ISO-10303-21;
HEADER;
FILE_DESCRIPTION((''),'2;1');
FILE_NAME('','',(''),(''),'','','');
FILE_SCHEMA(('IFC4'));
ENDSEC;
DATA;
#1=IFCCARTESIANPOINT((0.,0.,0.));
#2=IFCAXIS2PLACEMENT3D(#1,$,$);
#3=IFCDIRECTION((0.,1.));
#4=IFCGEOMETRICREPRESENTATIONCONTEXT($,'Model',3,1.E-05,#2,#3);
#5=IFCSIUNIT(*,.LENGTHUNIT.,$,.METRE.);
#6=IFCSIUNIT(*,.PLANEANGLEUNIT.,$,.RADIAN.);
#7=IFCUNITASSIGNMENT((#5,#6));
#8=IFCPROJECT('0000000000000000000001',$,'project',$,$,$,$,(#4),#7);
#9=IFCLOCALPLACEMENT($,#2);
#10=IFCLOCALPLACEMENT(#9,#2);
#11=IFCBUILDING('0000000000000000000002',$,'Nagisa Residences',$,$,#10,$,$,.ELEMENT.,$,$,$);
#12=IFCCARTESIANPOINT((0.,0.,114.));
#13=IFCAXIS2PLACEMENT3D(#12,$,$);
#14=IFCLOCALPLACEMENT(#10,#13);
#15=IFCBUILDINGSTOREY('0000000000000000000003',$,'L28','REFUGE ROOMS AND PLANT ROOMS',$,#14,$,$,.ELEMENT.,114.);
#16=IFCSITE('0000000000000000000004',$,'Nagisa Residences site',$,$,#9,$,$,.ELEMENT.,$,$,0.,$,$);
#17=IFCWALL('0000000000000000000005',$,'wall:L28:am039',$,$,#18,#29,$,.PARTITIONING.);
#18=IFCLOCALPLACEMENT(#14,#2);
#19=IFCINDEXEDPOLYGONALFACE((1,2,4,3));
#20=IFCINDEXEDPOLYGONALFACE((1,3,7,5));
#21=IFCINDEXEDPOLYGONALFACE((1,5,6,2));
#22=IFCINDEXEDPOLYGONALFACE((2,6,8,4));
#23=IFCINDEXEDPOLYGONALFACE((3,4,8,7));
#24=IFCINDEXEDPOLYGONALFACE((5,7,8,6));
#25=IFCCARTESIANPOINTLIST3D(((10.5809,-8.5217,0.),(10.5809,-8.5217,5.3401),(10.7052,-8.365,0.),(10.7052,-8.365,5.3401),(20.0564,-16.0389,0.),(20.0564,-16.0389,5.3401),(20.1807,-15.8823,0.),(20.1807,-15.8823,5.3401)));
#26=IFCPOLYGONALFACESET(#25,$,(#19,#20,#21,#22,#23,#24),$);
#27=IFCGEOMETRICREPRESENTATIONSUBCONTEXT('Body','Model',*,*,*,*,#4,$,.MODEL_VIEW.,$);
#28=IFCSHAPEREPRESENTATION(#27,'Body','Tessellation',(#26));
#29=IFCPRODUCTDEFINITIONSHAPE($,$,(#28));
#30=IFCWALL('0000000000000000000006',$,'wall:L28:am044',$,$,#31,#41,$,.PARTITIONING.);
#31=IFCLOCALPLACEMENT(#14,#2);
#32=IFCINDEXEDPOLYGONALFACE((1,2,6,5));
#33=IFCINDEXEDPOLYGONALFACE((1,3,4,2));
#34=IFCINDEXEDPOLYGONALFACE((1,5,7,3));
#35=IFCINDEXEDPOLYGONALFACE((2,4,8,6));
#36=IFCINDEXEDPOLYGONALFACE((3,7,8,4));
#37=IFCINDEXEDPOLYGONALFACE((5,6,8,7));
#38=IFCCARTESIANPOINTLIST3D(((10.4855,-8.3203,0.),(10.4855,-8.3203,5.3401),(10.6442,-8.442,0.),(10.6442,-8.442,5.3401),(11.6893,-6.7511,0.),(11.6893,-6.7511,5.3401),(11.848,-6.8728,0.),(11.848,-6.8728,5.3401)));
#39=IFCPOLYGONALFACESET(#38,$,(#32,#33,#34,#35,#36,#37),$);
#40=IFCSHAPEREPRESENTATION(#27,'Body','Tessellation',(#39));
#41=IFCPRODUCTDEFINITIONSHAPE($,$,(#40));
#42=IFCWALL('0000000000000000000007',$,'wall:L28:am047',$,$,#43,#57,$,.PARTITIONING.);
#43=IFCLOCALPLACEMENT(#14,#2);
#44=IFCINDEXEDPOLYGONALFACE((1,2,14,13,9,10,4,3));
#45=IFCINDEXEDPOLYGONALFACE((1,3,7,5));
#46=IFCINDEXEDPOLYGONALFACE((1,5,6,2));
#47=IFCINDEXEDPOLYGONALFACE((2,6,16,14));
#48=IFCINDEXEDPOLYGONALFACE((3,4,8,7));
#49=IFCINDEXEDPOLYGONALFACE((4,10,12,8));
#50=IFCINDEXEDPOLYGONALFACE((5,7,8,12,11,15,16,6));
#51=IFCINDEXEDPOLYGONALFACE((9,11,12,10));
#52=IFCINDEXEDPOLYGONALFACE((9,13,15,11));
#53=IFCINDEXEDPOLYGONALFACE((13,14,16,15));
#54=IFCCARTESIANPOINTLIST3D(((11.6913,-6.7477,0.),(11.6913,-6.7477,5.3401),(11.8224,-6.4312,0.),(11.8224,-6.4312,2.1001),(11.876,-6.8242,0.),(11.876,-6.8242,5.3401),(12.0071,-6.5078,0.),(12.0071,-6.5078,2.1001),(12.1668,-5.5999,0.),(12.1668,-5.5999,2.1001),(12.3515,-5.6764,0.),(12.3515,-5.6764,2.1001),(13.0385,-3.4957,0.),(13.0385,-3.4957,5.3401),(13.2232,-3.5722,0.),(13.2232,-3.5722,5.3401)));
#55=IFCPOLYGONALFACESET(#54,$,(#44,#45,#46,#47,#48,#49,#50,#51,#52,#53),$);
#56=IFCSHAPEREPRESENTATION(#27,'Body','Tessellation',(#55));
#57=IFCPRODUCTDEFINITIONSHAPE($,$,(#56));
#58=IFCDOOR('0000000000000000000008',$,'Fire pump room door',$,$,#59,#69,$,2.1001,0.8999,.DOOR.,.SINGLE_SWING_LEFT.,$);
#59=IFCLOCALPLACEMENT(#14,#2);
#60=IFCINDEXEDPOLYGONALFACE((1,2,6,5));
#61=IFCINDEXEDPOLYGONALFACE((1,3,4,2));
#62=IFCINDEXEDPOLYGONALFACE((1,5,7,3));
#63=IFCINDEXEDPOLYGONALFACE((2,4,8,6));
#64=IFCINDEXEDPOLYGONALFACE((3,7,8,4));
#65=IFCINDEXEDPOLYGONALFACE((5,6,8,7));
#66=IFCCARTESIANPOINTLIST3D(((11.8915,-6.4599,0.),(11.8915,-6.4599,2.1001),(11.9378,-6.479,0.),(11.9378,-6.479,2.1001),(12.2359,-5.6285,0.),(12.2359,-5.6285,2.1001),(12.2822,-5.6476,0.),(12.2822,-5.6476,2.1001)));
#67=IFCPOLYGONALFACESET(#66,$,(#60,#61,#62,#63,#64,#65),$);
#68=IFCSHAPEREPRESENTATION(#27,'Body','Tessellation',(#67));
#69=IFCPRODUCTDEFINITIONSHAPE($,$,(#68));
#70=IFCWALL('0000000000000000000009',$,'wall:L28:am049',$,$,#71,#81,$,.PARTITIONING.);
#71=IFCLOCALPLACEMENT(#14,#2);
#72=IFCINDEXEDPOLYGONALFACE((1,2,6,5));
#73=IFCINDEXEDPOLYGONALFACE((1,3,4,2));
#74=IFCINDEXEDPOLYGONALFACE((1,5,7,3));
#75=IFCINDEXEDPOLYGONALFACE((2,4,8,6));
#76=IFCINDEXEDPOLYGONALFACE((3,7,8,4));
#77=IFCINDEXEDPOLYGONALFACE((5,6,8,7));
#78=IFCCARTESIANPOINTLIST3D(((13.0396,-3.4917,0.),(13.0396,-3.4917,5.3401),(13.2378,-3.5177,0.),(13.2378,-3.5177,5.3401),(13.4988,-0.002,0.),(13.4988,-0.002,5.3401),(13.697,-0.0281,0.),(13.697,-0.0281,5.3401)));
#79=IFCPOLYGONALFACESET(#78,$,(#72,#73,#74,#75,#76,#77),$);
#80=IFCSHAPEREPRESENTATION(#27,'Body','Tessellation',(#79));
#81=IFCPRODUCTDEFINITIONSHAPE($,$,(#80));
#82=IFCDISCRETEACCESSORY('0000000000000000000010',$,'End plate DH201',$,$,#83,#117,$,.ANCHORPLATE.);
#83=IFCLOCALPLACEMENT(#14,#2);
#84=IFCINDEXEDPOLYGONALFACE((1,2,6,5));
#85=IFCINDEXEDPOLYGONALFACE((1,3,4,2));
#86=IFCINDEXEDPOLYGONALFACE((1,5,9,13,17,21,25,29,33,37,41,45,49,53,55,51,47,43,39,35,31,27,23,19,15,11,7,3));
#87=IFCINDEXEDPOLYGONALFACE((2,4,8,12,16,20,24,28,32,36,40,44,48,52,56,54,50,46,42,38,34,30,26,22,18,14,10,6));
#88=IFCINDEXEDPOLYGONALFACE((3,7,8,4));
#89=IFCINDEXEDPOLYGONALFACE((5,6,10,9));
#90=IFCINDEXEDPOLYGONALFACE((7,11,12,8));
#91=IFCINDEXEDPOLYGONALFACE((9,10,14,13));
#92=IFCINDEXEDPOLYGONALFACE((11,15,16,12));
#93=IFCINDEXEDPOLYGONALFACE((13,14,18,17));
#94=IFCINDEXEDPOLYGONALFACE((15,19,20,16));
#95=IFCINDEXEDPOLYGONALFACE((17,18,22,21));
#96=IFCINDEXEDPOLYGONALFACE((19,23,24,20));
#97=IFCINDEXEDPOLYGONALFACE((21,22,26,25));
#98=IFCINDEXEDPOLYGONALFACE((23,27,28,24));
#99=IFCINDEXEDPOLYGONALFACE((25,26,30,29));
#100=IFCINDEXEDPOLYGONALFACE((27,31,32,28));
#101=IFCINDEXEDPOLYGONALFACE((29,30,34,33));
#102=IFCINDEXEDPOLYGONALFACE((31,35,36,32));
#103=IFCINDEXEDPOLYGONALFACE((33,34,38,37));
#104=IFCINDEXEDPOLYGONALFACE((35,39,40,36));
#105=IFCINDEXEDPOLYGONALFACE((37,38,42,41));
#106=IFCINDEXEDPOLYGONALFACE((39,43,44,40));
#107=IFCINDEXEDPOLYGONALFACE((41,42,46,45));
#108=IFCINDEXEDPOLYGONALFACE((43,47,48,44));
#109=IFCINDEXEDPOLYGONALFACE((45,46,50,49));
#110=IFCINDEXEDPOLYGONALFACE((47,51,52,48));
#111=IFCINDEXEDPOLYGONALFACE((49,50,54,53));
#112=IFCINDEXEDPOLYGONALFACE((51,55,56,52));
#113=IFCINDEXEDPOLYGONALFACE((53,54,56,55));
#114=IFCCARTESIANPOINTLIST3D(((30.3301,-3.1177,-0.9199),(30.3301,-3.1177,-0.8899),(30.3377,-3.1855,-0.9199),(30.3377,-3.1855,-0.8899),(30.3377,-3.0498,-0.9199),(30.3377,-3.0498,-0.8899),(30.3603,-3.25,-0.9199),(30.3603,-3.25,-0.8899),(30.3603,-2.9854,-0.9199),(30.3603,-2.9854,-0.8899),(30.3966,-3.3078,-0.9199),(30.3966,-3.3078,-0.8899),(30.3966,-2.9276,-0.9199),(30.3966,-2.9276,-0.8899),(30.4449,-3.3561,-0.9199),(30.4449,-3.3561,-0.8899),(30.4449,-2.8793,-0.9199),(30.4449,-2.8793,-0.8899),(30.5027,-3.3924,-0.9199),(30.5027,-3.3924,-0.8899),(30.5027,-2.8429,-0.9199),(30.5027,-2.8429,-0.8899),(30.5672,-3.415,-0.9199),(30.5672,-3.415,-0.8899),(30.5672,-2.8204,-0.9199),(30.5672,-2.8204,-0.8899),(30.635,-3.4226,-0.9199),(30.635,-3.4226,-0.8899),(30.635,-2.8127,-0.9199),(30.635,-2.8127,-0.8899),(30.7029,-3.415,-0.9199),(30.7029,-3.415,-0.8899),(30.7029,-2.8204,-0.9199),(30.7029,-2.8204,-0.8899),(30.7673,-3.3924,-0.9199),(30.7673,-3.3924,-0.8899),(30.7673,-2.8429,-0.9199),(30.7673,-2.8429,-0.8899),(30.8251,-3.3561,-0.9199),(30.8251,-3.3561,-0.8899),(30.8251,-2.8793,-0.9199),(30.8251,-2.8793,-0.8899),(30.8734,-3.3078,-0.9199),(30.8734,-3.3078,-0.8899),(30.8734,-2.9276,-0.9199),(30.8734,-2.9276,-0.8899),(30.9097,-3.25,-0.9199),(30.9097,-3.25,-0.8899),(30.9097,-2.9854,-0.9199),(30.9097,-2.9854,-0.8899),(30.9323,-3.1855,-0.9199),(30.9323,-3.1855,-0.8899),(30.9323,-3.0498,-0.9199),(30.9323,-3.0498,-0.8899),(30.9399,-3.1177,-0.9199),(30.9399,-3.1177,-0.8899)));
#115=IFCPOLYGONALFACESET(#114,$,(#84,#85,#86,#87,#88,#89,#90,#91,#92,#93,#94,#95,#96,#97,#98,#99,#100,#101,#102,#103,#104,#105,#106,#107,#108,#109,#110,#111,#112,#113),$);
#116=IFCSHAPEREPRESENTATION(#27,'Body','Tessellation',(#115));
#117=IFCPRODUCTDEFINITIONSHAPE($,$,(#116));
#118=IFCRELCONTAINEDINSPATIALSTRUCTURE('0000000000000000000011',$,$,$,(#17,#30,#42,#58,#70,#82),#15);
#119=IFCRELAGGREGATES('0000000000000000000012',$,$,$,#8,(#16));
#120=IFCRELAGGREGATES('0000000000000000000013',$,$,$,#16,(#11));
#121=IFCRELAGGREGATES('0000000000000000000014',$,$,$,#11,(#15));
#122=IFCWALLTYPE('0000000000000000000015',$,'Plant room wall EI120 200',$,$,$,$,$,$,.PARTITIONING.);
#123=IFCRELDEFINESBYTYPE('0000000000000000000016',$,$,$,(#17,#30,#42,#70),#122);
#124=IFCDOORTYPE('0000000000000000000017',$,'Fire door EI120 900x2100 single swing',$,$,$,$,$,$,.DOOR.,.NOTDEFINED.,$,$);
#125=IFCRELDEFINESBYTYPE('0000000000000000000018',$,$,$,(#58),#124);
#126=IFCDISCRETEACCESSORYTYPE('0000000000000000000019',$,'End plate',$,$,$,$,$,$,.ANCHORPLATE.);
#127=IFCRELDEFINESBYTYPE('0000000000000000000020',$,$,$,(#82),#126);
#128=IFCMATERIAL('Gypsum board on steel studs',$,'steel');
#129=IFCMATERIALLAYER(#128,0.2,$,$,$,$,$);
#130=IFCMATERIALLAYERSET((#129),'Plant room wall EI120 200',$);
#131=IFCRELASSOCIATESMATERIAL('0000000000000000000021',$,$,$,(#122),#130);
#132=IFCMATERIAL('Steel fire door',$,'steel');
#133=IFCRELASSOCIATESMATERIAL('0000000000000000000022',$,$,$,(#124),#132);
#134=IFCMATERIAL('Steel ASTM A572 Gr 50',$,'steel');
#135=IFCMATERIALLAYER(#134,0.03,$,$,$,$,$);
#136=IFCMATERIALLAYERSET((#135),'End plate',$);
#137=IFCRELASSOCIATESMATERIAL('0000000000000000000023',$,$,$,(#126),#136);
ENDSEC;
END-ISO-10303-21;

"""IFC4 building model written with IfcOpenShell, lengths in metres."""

from ifc_helpers import new_model, si_unit, direction, frame, frame_2d, origin, origin_2d, place, context, subcontext, project, spatial, rectangle, circle, extrude, material, layer, layer_set, type_object, element, fill, save


model = new_model("IFC4")

# Units and contexts
model_context = context("Model", 3, precision=1e-05, world=origin(), true_north=direction((0.0, 1.0)))
body_context = subcontext(model_context, "Body", "Model", "MODEL_VIEW")
ifc_project = project(units=[si_unit("LENGTHUNIT", "METRE"), si_unit("PLANEANGLEUNIT", "RADIAN")], contexts=[model_context])

# Site, building, storey
site_placement = place(None, origin())
site = spatial("IfcSite", under=ifc_project, at=site_placement, Name="Nagisa Residences site", CompositionType="ELEMENT", RefElevation=0.0)
building_placement = place(site_placement, origin())
building = spatial("IfcBuilding", under=site, at=building_placement, Name="Nagisa Residences", CompositionType="ELEMENT")
storey_placement = place(building_placement, frame((0.0, 0.0, 114.0)))
storey = spatial("IfcBuildingStorey", under=building, at=storey_placement, Name="L28", Description="REFUGE ROOMS AND PLANT ROOMS", CompositionType="ELEMENT", Elevation=114.0)

# Shared definitions
ifc_material_1 = material(Name="Gypsum board on steel studs", Category="steel")
ifc_layer_1 = layer(ifc_material_1, 0.2)
ifc_layer_set_1 = layer_set([ifc_layer_1], Name="Plant room wall EI120 200")
wall_type_1 = type_object("IfcWallType", Name="Plant room wall EI120 200", PredefinedType="PARTITIONING", material=ifc_layer_set_1)
ifc_material_2 = material(Name="Steel fire door", Category="steel")
door_type_1 = type_object("IfcDoorType", Name="Fire door EI120 900x2100 single swing", OperationType="NOTDEFINED", PredefinedType="DOOR", material=ifc_material_2)

# Walls
wall_1_placement = place(storey_placement, frame((10.6431, -8.4434, 0.0), z_axis=(0.0, 0.0, 1.0), x_axis=(0.783409, -0.621507, 0.0)))
element("IfcWall", 1, at=wall_1_placement, inside=storey, type_object=wall_type_1, Name="wall:L28:am039", PredefinedType="PARTITIONING", context=body_context, shape_type="SweptSolid", body=[
    extrude(rectangle(XDim=12.0952, YDim=0.2, at=frame_2d((6.0476, 0.0))), origin(), (0.0, 0.0, 1.0), 5.3401),
])
wall_2_placement = place(storey_placement, frame((11.7686, -6.812, 0.0), z_axis=(0.0, 0.0, 1.0), x_axis=(-0.608654, -0.793435, 0.0)))
element("IfcWall", 2, at=wall_2_placement, inside=storey, type_object=wall_type_1, Name="wall:L28:am044", PredefinedType="PARTITIONING", context=body_context, shape_type="SweptSolid", body=[
    extrude(rectangle(XDim=1.9778, YDim=0.2, at=frame_2d((0.9888, 0.0))), origin(), (0.0, 0.0, 1.0), 5.3401),
])

# Wall, opening, door
wall_3_placement = place(storey_placement, frame((13.1309, -3.5339, 0.0), z_axis=(0.0, 0.0, 1.0), x_axis=(-0.382723, -0.923863, 0.0)))
wall_3 = element("IfcWall", 3, at=wall_3_placement, inside=storey, type_object=wall_type_1, Name="wall:L28:am047", PredefinedType="PARTITIONING", context=body_context, shape_type="SweptSolid", body=[
    extrude(rectangle(XDim=3.52, YDim=0.2, at=frame_2d((1.76, 0.0))), origin(), (0.0, 0.0, 1.0), 5.3401),
])
opening_1_placement = place(wall_3_placement, frame((2.2776, 0.0, 0.0)))
opening_1 = element("IfcOpeningElement", 4, at=opening_1_placement, cuts=wall_3, PredefinedType="OPENING", context=body_context, shape_type="SweptSolid", body=[
    extrude(rectangle(XDim=0.8999, YDim=2.1001, at=frame_2d((0.45, 1.05))), frame((0.0, 0.1099, 0.0), z_axis=(0.0, -1.0, 0.0), x_axis=(1.0, 0.0, 0.0)), (0.0, 0.0, 1.0), 0.22),
])
door_1_placement = place(opening_1_placement, origin())
door_1 = element("IfcDoor", 5, at=door_1_placement, inside=storey, type_object=door_type_1, Name="Fire pump room door", OperationType="SINGLE_SWING_LEFT", OverallHeight=2.1001, OverallWidth=0.8999, PredefinedType="DOOR", context=body_context, shape_type="SweptSolid", body=[
    extrude(rectangle(XDim=0.8999, YDim=2.1001, at=frame_2d((0.45, 1.05))), frame((0.0, 0.0249, 0.0), z_axis=(0.0, -1.0, 0.0), x_axis=(1.0, 0.0, 0.0)), (0.0, 0.0, 1.0), 0.05),
])
fill(opening_1, door_1)

# Wall
wall_4_placement = place(storey_placement, frame((13.5979, -0.0151, 0.0), z_axis=(0.0, 0.0, 1.0), x_axis=(-0.130469, -0.991452, 0.0)))
element("IfcWall", 6, at=wall_4_placement, inside=storey, type_object=wall_type_1, Name="wall:L28:am049", PredefinedType="PARTITIONING", context=body_context, shape_type="SweptSolid", body=[
    extrude(rectangle(XDim=3.5198, YDim=0.2, at=frame_2d((1.7598, 0.0))), origin(), (0.0, 0.0, 1.0), 5.3401),
])

# Discrete accessory
ifc_material_3 = material(Name="Steel ASTM A572 Gr 50", Category="steel")
ifc_layer_2 = layer(ifc_material_3, 0.03)
ifc_layer_set_2 = layer_set([ifc_layer_2], Name="End plate")
discrete_accessory_type = type_object("IfcDiscreteAccessoryType", Name="End plate", PredefinedType="ANCHORPLATE", material=ifc_layer_set_2)
discrete_accessory_placement = place(storey_placement, frame((30.635, -3.1177, -0.8899), z_axis=(0.0, 0.0, -1.0), x_axis=(1.0, 0.0, 0.0)))
element("IfcDiscreteAccessory", 7, at=discrete_accessory_placement, inside=storey, type_object=discrete_accessory_type, Name="End plate DH201", PredefinedType="ANCHORPLATE", context=body_context, shape_type="SweptSolid", body=[
    extrude(circle(Radius=0.3049, at=origin_2d()), origin(), (0.0, 0.0, 1.0), 0.03),
])

save(model, "model.ifc")
